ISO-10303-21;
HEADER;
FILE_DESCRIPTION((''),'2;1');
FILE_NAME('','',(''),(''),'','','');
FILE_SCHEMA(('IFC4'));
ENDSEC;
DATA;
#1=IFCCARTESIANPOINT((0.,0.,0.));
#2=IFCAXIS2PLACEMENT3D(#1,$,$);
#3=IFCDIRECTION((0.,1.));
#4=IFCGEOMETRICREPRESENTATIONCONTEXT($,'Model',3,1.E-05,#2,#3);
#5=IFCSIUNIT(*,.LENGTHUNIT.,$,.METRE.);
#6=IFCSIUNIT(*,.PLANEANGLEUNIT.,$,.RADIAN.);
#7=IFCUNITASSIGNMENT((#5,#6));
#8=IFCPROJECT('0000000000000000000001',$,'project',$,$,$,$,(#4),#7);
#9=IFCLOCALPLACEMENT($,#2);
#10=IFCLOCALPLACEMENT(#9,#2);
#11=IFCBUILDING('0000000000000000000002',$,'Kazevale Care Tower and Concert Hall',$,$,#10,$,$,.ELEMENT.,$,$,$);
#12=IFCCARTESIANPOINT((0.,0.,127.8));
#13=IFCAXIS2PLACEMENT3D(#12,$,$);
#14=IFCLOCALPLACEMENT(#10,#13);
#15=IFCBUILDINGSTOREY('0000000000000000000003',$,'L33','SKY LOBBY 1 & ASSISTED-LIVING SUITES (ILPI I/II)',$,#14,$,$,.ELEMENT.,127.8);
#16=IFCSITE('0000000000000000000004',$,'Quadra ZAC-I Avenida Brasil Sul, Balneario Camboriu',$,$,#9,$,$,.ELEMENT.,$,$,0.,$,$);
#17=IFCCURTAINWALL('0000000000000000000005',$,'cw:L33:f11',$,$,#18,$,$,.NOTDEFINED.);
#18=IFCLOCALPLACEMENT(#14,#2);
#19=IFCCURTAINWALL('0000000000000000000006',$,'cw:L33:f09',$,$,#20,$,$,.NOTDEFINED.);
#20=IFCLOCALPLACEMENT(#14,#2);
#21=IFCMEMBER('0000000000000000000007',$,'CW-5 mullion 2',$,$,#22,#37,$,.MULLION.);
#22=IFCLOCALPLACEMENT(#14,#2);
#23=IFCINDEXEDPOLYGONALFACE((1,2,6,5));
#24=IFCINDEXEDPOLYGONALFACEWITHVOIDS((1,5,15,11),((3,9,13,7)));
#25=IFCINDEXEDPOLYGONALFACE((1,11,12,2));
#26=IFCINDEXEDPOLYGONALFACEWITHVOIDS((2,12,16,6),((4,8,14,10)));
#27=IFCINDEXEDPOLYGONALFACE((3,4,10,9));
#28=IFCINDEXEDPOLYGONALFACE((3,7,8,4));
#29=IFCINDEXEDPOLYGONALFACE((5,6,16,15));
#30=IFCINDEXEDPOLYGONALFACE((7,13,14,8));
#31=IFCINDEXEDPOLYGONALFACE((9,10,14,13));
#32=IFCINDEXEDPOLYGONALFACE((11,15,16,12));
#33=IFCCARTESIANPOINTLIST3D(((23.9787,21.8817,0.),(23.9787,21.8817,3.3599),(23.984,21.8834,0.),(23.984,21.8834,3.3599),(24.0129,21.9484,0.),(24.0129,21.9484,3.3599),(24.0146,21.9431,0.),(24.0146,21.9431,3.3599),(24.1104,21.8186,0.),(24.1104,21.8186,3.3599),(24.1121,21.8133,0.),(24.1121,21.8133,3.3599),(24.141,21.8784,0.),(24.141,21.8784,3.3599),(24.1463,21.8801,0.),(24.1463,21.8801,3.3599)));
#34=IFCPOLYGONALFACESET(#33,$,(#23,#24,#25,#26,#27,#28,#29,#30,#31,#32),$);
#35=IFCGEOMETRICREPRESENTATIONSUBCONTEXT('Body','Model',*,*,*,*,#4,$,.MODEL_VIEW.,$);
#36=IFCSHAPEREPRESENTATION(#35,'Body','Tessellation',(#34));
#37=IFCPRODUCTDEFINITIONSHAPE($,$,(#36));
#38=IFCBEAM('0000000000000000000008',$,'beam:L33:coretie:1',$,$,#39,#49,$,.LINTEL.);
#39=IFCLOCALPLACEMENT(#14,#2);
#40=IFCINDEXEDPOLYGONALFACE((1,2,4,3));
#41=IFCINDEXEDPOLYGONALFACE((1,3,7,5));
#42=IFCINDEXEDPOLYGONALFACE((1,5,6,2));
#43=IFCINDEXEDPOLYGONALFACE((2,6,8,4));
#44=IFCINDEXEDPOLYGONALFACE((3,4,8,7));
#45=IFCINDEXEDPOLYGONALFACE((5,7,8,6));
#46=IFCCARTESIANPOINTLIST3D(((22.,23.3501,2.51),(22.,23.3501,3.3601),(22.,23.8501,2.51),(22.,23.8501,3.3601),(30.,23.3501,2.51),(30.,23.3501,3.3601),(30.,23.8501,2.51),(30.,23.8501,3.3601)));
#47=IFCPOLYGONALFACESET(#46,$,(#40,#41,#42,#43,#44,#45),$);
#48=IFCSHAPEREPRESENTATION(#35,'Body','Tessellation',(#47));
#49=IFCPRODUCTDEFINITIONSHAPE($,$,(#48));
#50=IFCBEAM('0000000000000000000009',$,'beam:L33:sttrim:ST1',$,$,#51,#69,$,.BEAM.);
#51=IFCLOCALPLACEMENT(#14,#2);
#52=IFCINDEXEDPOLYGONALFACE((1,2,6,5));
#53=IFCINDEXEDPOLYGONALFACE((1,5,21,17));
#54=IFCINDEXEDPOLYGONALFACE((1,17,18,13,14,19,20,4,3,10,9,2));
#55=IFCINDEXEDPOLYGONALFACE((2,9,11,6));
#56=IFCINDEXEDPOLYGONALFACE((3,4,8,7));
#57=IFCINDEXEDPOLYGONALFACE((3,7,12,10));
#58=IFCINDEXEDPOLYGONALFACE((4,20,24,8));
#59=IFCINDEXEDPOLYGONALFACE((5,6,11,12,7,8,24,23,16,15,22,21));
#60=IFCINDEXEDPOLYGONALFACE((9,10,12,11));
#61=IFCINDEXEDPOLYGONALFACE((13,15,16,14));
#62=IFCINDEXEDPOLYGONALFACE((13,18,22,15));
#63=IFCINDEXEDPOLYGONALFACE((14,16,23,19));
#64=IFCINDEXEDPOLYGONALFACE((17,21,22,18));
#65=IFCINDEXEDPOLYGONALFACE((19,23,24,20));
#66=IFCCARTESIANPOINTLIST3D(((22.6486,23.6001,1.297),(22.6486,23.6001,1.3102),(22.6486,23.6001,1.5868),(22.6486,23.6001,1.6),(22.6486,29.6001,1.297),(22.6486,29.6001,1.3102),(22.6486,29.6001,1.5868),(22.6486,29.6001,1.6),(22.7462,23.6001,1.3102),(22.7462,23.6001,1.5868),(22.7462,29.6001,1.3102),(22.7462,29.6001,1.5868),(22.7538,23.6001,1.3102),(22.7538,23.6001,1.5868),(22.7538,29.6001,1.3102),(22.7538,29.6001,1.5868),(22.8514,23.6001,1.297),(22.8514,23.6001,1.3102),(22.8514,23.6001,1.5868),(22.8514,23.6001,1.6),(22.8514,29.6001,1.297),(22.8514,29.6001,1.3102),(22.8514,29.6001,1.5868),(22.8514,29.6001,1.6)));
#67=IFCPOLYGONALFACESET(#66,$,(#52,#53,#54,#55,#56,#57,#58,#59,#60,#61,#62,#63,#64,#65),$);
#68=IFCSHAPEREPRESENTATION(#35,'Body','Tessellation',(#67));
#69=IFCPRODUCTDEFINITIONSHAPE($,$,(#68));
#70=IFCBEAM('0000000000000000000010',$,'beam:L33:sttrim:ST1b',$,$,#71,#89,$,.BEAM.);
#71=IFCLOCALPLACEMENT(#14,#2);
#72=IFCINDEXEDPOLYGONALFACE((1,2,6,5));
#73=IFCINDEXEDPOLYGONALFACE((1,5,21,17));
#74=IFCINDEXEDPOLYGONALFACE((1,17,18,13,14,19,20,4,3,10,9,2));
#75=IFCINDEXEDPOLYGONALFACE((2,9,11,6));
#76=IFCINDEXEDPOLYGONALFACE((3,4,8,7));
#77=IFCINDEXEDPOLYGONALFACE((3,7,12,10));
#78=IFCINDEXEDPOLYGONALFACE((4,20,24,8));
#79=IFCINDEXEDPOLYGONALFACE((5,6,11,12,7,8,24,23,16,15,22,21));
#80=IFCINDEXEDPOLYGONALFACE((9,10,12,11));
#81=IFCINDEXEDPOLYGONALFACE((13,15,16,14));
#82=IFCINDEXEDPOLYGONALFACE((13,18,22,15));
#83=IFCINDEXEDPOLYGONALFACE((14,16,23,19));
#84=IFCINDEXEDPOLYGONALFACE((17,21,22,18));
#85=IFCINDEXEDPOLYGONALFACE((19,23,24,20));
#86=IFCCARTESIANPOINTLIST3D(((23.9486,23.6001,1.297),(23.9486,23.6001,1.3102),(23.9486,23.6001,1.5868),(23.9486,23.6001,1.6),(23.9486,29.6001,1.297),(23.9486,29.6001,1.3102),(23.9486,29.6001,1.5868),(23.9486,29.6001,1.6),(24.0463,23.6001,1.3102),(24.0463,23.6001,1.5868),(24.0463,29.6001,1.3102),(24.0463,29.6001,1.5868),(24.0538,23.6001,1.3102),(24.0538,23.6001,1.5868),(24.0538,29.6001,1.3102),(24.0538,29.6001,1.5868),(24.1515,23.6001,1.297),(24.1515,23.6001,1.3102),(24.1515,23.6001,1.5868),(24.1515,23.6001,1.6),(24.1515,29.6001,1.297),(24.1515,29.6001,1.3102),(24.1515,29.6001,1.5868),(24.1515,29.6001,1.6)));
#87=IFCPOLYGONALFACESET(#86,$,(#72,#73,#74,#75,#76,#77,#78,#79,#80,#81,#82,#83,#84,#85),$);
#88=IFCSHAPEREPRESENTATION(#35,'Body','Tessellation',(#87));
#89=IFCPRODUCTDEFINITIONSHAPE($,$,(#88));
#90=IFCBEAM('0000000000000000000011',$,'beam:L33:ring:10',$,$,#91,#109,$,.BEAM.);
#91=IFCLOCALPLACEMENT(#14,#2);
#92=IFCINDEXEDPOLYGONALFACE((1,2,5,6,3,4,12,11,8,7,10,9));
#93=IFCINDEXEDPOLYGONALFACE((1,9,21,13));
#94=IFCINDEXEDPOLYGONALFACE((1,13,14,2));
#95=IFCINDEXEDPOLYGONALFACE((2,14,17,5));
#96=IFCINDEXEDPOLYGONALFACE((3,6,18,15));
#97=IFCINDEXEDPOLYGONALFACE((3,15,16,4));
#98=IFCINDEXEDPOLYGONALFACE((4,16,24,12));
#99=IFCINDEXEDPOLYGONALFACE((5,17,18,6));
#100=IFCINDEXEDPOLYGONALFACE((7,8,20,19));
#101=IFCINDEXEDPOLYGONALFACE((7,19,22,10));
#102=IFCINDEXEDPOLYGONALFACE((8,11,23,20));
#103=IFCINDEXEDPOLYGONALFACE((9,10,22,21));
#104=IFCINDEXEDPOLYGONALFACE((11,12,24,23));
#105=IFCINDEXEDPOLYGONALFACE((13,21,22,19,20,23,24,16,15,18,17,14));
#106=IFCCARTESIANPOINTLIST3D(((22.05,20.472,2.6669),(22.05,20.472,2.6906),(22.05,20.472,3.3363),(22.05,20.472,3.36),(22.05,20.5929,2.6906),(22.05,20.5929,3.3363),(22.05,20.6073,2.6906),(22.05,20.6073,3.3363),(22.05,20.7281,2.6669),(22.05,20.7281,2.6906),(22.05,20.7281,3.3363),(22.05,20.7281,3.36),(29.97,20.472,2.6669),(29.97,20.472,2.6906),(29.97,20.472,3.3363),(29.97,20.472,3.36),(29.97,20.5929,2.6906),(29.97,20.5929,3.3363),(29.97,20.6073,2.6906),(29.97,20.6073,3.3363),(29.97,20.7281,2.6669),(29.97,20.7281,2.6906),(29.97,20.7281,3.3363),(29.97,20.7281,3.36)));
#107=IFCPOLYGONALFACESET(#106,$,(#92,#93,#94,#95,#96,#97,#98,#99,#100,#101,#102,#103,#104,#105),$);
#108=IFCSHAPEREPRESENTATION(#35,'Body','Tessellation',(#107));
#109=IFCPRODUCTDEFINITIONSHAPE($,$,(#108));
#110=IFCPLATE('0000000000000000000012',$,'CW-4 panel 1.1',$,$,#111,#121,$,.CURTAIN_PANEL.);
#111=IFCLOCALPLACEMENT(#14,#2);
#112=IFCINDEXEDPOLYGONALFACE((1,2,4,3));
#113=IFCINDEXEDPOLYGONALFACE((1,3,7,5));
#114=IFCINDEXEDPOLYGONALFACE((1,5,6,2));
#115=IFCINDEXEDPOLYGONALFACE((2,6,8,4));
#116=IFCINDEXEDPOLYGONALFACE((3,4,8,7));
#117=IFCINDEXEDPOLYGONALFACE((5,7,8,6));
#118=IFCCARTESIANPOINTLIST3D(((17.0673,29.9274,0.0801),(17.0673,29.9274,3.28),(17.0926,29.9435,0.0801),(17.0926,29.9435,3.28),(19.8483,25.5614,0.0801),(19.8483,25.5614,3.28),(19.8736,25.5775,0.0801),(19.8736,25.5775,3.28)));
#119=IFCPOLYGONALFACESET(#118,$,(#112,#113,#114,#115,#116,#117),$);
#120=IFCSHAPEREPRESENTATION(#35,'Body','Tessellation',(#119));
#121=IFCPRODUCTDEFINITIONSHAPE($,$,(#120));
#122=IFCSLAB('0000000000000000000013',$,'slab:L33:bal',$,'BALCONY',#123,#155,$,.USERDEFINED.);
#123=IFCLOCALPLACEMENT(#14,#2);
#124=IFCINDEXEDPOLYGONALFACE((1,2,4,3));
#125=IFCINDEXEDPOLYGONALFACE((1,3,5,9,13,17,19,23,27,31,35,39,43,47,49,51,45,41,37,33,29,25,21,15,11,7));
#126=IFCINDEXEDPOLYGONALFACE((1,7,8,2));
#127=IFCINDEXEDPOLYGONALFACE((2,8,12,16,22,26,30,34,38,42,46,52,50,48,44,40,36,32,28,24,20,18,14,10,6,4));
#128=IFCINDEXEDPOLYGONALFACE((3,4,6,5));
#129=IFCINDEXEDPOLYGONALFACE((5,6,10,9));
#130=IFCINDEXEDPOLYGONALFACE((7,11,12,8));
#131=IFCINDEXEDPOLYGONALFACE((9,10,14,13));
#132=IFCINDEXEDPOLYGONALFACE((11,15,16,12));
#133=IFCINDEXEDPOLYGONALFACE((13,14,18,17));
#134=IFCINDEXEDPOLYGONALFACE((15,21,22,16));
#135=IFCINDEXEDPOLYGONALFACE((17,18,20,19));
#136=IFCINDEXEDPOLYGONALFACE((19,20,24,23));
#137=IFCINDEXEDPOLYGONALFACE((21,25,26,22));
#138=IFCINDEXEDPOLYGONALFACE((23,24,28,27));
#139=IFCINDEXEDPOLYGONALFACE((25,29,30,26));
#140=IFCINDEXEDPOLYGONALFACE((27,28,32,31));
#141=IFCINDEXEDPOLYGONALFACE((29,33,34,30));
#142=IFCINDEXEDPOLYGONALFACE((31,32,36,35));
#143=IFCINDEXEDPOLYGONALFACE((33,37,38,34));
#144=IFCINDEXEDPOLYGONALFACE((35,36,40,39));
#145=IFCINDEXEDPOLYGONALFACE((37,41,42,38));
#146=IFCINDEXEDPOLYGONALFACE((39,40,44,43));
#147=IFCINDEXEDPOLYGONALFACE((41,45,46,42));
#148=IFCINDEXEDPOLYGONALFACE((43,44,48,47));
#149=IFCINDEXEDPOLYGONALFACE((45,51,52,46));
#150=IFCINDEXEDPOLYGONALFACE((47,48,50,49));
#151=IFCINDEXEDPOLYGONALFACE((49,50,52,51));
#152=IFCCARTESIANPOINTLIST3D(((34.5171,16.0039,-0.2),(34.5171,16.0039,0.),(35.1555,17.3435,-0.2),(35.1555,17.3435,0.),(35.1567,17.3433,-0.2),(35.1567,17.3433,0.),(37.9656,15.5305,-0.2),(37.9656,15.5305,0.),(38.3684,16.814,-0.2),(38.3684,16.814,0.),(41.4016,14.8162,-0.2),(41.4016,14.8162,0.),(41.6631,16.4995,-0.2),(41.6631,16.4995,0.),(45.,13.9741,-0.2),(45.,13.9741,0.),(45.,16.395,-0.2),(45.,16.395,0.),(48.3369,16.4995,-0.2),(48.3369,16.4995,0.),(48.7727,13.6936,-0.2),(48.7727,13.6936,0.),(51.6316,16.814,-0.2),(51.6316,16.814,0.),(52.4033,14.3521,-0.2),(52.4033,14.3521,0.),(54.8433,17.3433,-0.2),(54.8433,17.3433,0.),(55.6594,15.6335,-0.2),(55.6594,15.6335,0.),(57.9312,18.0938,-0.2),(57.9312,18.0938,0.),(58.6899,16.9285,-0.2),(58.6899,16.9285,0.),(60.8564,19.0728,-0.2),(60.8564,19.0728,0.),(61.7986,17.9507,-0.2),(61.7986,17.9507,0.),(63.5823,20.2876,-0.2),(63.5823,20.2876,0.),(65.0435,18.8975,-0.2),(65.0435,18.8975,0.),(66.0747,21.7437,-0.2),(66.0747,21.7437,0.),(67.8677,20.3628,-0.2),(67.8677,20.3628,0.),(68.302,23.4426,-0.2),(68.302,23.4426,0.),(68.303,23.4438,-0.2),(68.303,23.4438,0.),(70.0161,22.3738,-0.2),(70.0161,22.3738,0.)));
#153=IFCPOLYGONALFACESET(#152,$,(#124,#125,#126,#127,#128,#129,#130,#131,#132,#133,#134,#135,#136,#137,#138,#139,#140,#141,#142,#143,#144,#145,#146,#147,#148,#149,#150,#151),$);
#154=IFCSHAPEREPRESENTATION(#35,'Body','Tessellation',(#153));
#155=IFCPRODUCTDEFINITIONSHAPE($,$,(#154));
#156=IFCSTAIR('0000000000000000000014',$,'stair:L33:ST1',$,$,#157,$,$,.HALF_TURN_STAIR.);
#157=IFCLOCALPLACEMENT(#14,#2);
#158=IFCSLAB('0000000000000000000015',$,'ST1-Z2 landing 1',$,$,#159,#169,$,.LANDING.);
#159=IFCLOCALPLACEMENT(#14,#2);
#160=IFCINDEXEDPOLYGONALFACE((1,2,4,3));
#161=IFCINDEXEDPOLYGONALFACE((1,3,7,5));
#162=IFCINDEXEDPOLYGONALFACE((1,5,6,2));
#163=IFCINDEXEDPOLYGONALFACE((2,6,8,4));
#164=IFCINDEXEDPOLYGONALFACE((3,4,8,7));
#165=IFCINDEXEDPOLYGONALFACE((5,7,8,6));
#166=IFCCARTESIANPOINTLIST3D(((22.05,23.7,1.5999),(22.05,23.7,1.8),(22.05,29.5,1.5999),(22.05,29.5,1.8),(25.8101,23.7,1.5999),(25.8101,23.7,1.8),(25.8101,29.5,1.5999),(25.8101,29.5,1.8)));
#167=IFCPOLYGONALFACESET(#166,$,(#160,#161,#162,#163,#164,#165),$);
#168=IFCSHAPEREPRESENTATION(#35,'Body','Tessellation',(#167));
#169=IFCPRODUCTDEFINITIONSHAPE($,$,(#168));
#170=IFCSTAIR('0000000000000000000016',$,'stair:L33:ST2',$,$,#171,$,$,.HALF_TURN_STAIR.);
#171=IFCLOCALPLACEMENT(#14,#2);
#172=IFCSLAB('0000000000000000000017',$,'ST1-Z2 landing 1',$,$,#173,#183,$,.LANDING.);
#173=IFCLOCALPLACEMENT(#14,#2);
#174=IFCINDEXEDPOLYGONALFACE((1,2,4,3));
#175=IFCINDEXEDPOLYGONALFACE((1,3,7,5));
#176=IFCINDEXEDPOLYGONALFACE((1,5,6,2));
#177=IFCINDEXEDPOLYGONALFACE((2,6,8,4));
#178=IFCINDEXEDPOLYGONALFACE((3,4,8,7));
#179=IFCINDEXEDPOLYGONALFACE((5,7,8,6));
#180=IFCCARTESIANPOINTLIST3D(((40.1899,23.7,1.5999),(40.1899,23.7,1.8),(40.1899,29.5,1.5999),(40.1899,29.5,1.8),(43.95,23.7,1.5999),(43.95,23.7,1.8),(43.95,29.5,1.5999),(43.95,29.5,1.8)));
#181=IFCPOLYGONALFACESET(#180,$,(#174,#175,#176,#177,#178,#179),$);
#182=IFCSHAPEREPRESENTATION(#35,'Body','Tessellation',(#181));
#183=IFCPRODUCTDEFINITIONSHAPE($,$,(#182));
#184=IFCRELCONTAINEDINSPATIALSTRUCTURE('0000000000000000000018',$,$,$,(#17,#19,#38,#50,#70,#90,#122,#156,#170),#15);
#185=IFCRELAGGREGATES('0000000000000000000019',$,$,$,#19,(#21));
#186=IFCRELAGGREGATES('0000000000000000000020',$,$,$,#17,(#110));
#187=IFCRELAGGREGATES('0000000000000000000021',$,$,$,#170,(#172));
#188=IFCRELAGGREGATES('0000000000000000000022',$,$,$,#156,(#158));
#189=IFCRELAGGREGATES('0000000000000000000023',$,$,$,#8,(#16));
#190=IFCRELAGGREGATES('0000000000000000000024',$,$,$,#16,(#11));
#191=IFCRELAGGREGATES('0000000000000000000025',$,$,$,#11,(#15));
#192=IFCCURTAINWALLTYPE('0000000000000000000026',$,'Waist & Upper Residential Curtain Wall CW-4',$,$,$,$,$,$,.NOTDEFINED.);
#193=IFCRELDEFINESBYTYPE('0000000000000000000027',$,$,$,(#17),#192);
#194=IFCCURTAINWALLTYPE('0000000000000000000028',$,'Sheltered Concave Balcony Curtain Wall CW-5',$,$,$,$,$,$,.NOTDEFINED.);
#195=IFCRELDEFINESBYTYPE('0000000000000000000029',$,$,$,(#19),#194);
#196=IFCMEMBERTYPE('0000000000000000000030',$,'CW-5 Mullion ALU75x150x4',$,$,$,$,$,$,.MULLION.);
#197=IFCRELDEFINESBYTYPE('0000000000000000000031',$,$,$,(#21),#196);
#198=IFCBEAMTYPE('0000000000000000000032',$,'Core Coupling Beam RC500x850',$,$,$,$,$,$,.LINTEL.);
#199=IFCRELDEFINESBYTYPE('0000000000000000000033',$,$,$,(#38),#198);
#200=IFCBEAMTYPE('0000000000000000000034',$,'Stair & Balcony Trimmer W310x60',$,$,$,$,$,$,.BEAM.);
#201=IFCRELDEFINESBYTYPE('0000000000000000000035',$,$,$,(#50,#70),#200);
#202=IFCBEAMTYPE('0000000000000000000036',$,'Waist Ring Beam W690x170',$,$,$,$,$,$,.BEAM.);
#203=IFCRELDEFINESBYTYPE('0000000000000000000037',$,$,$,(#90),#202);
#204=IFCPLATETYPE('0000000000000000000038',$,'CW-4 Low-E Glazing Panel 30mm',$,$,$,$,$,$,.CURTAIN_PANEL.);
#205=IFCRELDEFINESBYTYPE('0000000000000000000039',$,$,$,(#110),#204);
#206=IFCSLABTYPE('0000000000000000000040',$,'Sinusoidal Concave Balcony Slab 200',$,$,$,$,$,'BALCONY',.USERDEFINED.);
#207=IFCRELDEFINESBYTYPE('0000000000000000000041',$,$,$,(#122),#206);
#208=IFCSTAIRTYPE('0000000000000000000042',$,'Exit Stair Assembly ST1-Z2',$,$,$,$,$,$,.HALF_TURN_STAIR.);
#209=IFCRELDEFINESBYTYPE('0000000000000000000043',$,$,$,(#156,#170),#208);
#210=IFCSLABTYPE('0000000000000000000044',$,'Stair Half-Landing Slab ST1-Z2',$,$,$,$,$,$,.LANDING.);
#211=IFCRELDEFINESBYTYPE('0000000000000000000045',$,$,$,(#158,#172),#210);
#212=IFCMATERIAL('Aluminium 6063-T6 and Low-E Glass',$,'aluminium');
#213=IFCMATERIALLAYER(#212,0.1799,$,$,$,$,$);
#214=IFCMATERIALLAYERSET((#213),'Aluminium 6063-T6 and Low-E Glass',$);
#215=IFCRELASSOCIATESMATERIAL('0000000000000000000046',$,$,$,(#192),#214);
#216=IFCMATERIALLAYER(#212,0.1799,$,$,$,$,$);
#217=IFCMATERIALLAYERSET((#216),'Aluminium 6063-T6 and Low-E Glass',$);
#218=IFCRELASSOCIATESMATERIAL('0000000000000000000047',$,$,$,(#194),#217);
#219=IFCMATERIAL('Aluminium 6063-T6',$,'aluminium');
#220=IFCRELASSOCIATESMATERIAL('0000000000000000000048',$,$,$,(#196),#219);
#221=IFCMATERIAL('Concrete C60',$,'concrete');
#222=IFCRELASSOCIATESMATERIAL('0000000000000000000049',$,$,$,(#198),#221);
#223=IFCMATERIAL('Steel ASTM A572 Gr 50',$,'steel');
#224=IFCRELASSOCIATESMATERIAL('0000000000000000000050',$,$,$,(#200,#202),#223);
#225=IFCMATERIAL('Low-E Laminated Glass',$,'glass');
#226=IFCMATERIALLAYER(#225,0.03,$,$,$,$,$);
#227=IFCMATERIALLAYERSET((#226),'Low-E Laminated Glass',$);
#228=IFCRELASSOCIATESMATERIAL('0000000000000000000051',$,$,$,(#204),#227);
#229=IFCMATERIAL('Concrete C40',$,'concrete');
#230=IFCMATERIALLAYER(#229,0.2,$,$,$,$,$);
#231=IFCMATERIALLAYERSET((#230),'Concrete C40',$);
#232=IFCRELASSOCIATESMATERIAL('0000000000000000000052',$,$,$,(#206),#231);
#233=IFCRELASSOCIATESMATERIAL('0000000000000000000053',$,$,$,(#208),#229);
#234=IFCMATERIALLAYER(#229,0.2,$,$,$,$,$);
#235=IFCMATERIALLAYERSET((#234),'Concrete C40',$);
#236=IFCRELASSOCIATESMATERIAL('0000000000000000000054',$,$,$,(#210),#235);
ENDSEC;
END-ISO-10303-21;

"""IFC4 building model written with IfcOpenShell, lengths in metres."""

from ifc_helpers import new_model, si_unit, direction, frame, origin, origin_2d, place, context, subcontext, project, spatial, polyline, rectangle, hollow_rectangle, i_section, outline, extrude, material, layer, layer_set, material_profile, profile_set, type_object, element, aggregate, save


model = new_model("IFC4")

# Units and contexts
model_context = context("Model", 3, precision=1e-05, world=origin(), true_north=direction((0.0, 1.0)))
body_context = subcontext(model_context, "Body", "Model", "MODEL_VIEW")
ifc_project = project(units=[si_unit("LENGTHUNIT", "METRE"), si_unit("PLANEANGLEUNIT", "RADIAN")], contexts=[model_context])

# Site, building, storey
site_placement = place(None, origin())
site = spatial("IfcSite", under=ifc_project, at=site_placement, Name="Quadra ZAC-I Avenida Brasil Sul, Balneario Camboriu", CompositionType="ELEMENT", RefElevation=0.0)
building_placement = place(site_placement, origin())
building = spatial("IfcBuilding", under=site, at=building_placement, Name="Kazevale Care Tower and Concert Hall", CompositionType="ELEMENT")
storey_placement = place(building_placement, frame((0.0, 0.0, 127.8)))
storey = spatial("IfcBuildingStorey", under=building, at=storey_placement, Name="L33", Description="SKY LOBBY 1 & ASSISTED-LIVING SUITES (ILPI I/II)", CompositionType="ELEMENT", Elevation=127.8)

# Shared definitions
ifc_material_1 = material(Name="Concrete C60", Category="concrete")

# Curtain wall
ifc_material_2 = material(Name="Aluminium 6063-T6 and Low-E Glass", Category="aluminium")
ifc_layer_1 = layer(ifc_material_2, 0.1799)
ifc_layer_set_1 = layer_set([ifc_layer_1], Name="Aluminium 6063-T6 and Low-E Glass")
curtain_wall_type_1 = type_object("IfcCurtainWallType", Name="Waist & Upper Residential Curtain Wall CW-4", PredefinedType="NOTDEFINED", material=ifc_layer_set_1)
curtain_wall_1_placement = place(storey_placement, origin())
curtain_wall_1 = element("IfcCurtainWall", 1, at=curtain_wall_1_placement, inside=storey, type_object=curtain_wall_type_1, Name="cw:L33:f11", PredefinedType="NOTDEFINED")
ifc_material_3 = material(Name="Aluminium 6063-T6", Category="aluminium")

# Curtain wall, member
ifc_layer_2 = layer(ifc_material_2, 0.1799)
ifc_layer_set_2 = layer_set([ifc_layer_2], Name="Aluminium 6063-T6 and Low-E Glass")
curtain_wall_type_2 = type_object("IfcCurtainWallType", Name="Sheltered Concave Balcony Curtain Wall CW-5", PredefinedType="NOTDEFINED", material=ifc_layer_set_2)
curtain_wall_2_placement = place(storey_placement, origin())
curtain_wall_2 = element("IfcCurtainWall", 2, at=curtain_wall_2_placement, inside=storey, type_object=curtain_wall_type_2, Name="cw:L33:f09", PredefinedType="NOTDEFINED")
ifc_material_profile_1 = material_profile(ifc_material_3, hollow_rectangle(XDim=0.075, YDim=0.1499, WallThickness=0.0039, at=origin_2d()), Name="ALU75x150x4")
ifc_profile_set_1 = profile_set([ifc_material_profile_1], Name="Aluminium 6063-T6")
member_type_1 = type_object("IfcMemberType", Name="CW-5 Mullion ALU75x150x4", PredefinedType="MULLION", material=ifc_profile_set_1)
member_1_placement = place(storey_placement, frame((24.0625, 21.8809, 0.0), z_axis=(0.0, 0.0, 1.0), x_axis=(-0.455713, -0.890127, 0.0)))
member_1 = element("IfcMember", 3, at=member_1_placement, type_object=member_type_1, Name="CW-5 mullion 2", PredefinedType="MULLION", context=body_context, shape_type="SweptSolid", body=[
    extrude(hollow_rectangle(XDim=0.075, YDim=0.1499, WallThickness=0.0039, at=origin_2d()), origin(), (0.0, 0.0, 1.0), 3.3599),
])
aggregate(curtain_wall_2, [member_1])

# Beams
ifc_material_profile_2 = material_profile(ifc_material_1, rectangle(XDim=0.5, YDim=0.8501, at=origin_2d()), Name="RC-B500x850")
ifc_profile_set_2 = profile_set([ifc_material_profile_2], Name="Concrete C60")
beam_type_1 = type_object("IfcBeamType", Name="Core Coupling Beam RC500x850", PredefinedType="LINTEL", material=ifc_profile_set_2)
beam_1_placement = place(storey_placement, frame((22.0, 23.6001, 2.9351), z_axis=(1.0, 0.0, 0.0), x_axis=(0.0, 1.0, 0.0)))
element("IfcBeam", 4, at=beam_1_placement, inside=storey, type_object=beam_type_1, Name="beam:L33:coretie:1", PredefinedType="LINTEL", context=body_context, shape_type="SweptSolid", body=[
    extrude(rectangle(XDim=0.5, YDim=0.8501, at=origin_2d()), origin(), (0.0, 0.0, 1.0), 8.0),
])
ifc_material_4 = material(Name="Steel ASTM A572 Gr 50", Category="steel")
ifc_material_profile_3 = material_profile(ifc_material_4, i_section(OverallWidth=0.2029, OverallDepth=0.303, WebThickness=0.0076, FlangeThickness=0.0132, at=origin_2d()), Name="W310x60")
ifc_profile_set_3 = profile_set([ifc_material_profile_3], Name="Steel ASTM A572 Gr 50")
beam_type_2 = type_object("IfcBeamType", Name="Stair & Balcony Trimmer W310x60", PredefinedType="BEAM", material=ifc_profile_set_3)
for number, where, z_axis, x_axis, name in (
    (5, (22.75, 23.6001, 1.4485), (0.0, 1.0, 0.0), (-1.0, 0.0, 0.0), "beam:L33:sttrim:ST1"),
    (6, (24.05, 23.6001, 1.4485), (0.0, 1.0, 0.0), (-1.0, 0.0, 0.0), "beam:L33:sttrim:ST1b"),
):
    element("IfcBeam", number, at=place(storey_placement, frame(where, z_axis=z_axis, x_axis=x_axis)), inside=storey, type_object=beam_type_2, Name=name, PredefinedType="BEAM", context=body_context, shape_type="SweptSolid", body=[
        extrude(i_section(OverallWidth=0.2029, OverallDepth=0.303, WebThickness=0.0076, FlangeThickness=0.0132, at=origin_2d()), origin(), (0.0, 0.0, 1.0), 6.0),
    ])
ifc_material_profile_4 = material_profile(ifc_material_4, i_section(OverallWidth=0.2561, OverallDepth=0.6931, WebThickness=0.0144, FlangeThickness=0.0237, at=origin_2d()), Name="W690x170")
ifc_profile_set_4 = profile_set([ifc_material_profile_4], Name="Steel ASTM A572 Gr 50")
beam_type_3 = type_object("IfcBeamType", Name="Waist Ring Beam W690x170", PredefinedType="BEAM", material=ifc_profile_set_4)
beam_2_placement = place(storey_placement, frame((22.05, 20.6001, 3.0134), z_axis=(1.0, 0.0, 0.0), x_axis=(0.0, 1.0, 0.0)))
element("IfcBeam", 7, at=beam_2_placement, inside=storey, type_object=beam_type_3, Name="beam:L33:ring:10", PredefinedType="BEAM", context=body_context, shape_type="SweptSolid", body=[
    extrude(i_section(OverallWidth=0.2561, OverallDepth=0.6931, WebThickness=0.0144, FlangeThickness=0.0237, at=origin_2d()), origin(), (0.0, 0.0, 1.0), 7.9199),
])

# Plate
ifc_material_5 = material(Name="Low-E Laminated Glass", Category="glass")
ifc_layer_3 = layer(ifc_material_5, 0.03)
ifc_layer_set_3 = layer_set([ifc_layer_3], Name="Low-E Laminated Glass")
plate_type = type_object("IfcPlateType", Name="CW-4 Low-E Glazing Panel 30mm", PredefinedType="CURTAIN_PANEL", material=ifc_layer_set_3)
plate_placement = place(storey_placement, frame((18.4705, 27.7524, 0.0801), z_axis=(0.0, 0.0, 1.0), x_axis=(-0.537239, 0.84343, 0.0)))
plate = element("IfcPlate", 8, at=plate_placement, type_object=plate_type, Name="CW-4 panel 1.1", PredefinedType="CURTAIN_PANEL", context=body_context, shape_type="SweptSolid", body=[
    extrude(rectangle(XDim=5.1765, YDim=0.03, at=origin_2d()), origin(), (0.0, 0.0, 1.0), 3.2),
])
aggregate(curtain_wall_1, [plate])

# Slab
ifc_material_6 = material(Name="Concrete C40", Category="concrete")
ifc_layer_4 = layer(ifc_material_6, 0.2)
ifc_layer_set_4 = layer_set([ifc_layer_4], Name="Concrete C40")
slab_type_1 = type_object("IfcSlabType", Name="Sinusoidal Concave Balcony Slab 200", ElementType="BALCONY", PredefinedType="USERDEFINED", material=ifc_layer_set_4)
slab_1_placement = place(storey_placement, frame((0.0, 0.0, -0.2)))
element("IfcSlab", 9, at=slab_1_placement, inside=storey, type_object=slab_type_1, Name="slab:L33:bal", ObjectType="BALCONY", PredefinedType="USERDEFINED", context=body_context, shape_type="SweptSolid", body=[
    extrude(outline(polyline([(70.0161, 22.3738), (67.8677, 20.3628), (65.0435, 18.8975), (61.7986, 17.9507), (58.6899, 16.9285), (55.6594, 15.6335), (52.4033, 14.3521), (48.7727, 13.6936), (45.0, 13.9741), (41.4016, 14.8162), (37.9656, 15.5305), (34.5171, 16.0039), (35.1555, 17.3435), (35.1567, 17.3433), (38.3684, 16.814), (41.6631, 16.4995), (45.0, 16.395), (48.3369, 16.4995), (51.6316, 16.814), (54.8433, 17.3433), (57.9312, 18.0938), (60.8564, 19.0728), (63.5823, 20.2876), (66.0747, 21.7437), (68.302, 23.4426), (68.303, 23.4438), (70.0161, 22.3738)])), origin(), (0.0, 0.0, 1.0), 0.2),
])

# Stairs, slabs
stair_type = type_object("IfcStairType", Name="Exit Stair Assembly ST1-Z2", PredefinedType="HALF_TURN_STAIR", material=ifc_material_6)
stair_1_placement = place(storey_placement, origin())
stair_1 = element("IfcStair", 10, at=stair_1_placement, inside=storey, type_object=stair_type, Name="stair:L33:ST1", PredefinedType="HALF_TURN_STAIR")
ifc_layer_5 = layer(ifc_material_6, 0.2)
ifc_layer_set_5 = layer_set([ifc_layer_5], Name="Concrete C40")
slab_type_2 = type_object("IfcSlabType", Name="Stair Half-Landing Slab ST1-Z2", PredefinedType="LANDING", material=ifc_layer_set_5)
slab_2_placement = place(storey_placement, frame((0.0, 0.0, 1.5999)))
slab_2 = element("IfcSlab", 11, at=slab_2_placement, type_object=slab_type_2, Name="ST1-Z2 landing 1", PredefinedType="LANDING", context=body_context, shape_type="SweptSolid", body=[
    extrude(outline(polyline([(22.05, 23.7), (25.8101, 23.7), (25.8101, 29.5), (22.05, 29.5), (22.05, 23.7)])), origin(), (0.0, 0.0, 1.0), 0.2002),
])
stair_2_placement = place(storey_placement, origin())
stair_2 = element("IfcStair", 12, at=stair_2_placement, inside=storey, type_object=stair_type, Name="stair:L33:ST2", PredefinedType="HALF_TURN_STAIR")
slab_3_placement = place(storey_placement, frame((0.0, 0.0, 1.5999)))
slab_3 = element("IfcSlab", 13, at=slab_3_placement, type_object=slab_type_2, Name="ST1-Z2 landing 1", PredefinedType="LANDING", context=body_context, shape_type="SweptSolid", body=[
    extrude(outline(polyline([(40.1899, 23.7), (43.95, 23.7), (43.95, 29.5), (40.1899, 29.5), (40.1899, 23.7)])), origin(), (0.0, 0.0, 1.0), 0.2002),
])
aggregate(stair_2, [slab_3])

aggregate(stair_1, [slab_2])

save(model, "model.ifc")
